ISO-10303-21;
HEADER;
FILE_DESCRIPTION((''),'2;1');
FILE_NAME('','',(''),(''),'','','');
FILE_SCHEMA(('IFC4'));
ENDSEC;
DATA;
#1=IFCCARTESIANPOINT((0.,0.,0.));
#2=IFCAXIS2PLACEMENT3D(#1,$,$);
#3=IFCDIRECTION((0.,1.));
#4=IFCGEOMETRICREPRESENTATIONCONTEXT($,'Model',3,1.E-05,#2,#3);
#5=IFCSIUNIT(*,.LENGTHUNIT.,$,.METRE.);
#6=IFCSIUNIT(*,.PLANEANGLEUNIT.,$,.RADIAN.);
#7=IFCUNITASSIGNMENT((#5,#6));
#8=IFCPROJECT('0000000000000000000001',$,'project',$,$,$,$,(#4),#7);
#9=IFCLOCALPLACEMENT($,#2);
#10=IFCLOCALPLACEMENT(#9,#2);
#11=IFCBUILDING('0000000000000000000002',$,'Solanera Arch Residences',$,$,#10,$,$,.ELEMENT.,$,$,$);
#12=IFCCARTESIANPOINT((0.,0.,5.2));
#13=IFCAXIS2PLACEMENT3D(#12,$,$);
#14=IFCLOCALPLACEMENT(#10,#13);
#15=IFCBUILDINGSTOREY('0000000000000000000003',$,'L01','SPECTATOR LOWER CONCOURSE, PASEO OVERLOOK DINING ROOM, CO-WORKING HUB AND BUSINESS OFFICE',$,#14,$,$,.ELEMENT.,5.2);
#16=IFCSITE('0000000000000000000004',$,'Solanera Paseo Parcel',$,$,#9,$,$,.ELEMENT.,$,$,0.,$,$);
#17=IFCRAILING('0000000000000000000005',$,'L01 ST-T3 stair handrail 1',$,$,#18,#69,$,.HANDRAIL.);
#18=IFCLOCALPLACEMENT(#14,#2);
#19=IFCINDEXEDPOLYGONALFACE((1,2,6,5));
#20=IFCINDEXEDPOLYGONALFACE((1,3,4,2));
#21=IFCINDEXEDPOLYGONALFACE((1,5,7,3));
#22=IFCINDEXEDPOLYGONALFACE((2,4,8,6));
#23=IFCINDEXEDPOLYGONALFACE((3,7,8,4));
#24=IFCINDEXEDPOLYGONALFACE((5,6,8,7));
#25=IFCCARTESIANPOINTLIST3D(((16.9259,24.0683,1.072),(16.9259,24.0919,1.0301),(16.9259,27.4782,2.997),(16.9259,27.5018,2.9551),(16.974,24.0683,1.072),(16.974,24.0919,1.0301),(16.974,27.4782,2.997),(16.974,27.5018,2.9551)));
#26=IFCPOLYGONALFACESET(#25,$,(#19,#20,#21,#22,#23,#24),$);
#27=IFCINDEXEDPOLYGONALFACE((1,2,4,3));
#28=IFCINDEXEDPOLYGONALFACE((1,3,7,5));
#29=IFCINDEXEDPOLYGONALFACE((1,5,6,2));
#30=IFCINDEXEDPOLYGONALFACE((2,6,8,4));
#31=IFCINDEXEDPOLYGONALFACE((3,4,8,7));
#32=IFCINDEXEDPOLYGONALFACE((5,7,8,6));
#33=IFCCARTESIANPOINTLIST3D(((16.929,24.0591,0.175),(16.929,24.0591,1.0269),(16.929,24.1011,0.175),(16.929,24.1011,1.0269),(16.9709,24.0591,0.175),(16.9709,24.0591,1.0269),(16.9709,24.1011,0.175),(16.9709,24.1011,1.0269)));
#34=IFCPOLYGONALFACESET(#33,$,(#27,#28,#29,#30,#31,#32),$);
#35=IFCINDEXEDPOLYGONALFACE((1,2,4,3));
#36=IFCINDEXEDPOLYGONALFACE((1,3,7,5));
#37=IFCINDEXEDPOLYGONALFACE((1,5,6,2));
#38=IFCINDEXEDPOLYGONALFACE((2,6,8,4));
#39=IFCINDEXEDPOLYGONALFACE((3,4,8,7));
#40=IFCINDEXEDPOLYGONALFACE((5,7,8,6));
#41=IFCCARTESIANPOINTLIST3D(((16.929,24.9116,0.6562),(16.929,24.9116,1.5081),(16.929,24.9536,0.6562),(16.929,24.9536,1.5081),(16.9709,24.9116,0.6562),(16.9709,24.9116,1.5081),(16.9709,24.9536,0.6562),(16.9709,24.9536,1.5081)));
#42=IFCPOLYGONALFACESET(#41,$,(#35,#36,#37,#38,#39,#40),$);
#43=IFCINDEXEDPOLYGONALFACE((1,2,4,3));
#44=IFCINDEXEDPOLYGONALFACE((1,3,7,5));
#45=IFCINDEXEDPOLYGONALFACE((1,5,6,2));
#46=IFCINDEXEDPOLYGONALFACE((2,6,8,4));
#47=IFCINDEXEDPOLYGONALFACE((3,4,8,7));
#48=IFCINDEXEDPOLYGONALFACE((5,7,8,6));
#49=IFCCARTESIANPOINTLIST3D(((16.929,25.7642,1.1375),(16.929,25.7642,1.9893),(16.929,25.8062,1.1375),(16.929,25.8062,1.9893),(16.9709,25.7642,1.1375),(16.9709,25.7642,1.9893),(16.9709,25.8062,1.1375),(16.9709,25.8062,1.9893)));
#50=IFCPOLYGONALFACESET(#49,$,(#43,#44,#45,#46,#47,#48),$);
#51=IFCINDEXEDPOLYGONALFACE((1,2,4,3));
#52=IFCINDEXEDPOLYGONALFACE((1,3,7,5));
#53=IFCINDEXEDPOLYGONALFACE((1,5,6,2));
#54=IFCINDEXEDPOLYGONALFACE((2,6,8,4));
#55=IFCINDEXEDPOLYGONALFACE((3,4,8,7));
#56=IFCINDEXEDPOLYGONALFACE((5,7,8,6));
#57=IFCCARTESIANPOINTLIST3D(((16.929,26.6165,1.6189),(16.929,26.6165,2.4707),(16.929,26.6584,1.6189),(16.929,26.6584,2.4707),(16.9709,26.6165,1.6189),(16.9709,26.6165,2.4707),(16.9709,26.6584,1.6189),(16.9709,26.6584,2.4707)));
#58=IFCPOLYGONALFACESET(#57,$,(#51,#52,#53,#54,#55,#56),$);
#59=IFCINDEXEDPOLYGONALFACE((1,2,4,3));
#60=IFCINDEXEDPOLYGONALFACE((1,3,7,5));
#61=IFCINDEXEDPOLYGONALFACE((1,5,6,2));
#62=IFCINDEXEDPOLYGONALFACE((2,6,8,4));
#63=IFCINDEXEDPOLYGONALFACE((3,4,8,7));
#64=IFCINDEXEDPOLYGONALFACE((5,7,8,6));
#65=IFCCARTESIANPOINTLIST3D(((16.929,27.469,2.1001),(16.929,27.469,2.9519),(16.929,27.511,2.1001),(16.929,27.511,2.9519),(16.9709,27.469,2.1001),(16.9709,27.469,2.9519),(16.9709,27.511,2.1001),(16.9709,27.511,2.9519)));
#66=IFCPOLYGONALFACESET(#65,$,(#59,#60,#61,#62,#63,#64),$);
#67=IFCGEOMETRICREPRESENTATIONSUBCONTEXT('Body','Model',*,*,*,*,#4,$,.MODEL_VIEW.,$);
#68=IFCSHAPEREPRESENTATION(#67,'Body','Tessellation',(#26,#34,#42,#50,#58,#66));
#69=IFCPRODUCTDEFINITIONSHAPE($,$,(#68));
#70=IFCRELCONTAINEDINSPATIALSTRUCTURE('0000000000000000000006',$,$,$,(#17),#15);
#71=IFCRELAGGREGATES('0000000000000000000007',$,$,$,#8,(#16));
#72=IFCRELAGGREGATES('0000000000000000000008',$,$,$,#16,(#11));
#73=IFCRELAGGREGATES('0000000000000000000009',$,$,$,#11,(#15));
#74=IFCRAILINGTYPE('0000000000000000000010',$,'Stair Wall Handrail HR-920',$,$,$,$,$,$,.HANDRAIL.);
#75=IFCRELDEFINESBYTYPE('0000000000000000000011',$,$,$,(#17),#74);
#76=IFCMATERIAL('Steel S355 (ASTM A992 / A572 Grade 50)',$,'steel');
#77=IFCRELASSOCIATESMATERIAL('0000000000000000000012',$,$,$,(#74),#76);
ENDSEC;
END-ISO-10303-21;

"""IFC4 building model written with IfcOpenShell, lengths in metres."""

from ifc_helpers import new_model, si_unit, direction, frame, origin, origin_2d, place, context, subcontext, project, spatial, rectangle, extrude, material, type_object, element, save


model = new_model("IFC4")

# Units and contexts
model_context = context("Model", 3, precision=1e-05, world=origin(), true_north=direction((0.0, 1.0)))
body_context = subcontext(model_context, "Body", "Model", "MODEL_VIEW")
ifc_project = project(units=[si_unit("LENGTHUNIT", "METRE"), si_unit("PLANEANGLEUNIT", "RADIAN")], contexts=[model_context])

# Site, building, storey
site_placement = place(None, origin())
site = spatial("IfcSite", under=ifc_project, at=site_placement, Name="Solanera Paseo Parcel", CompositionType="ELEMENT", RefElevation=0.0)
building_placement = place(site_placement, origin())
building = spatial("IfcBuilding", under=site, at=building_placement, Name="Solanera Arch Residences", CompositionType="ELEMENT")
storey_placement = place(building_placement, frame((0.0, 0.0, 5.2)))
storey = spatial("IfcBuildingStorey", under=building, at=storey_placement, Name="L01", Description="SPECTATOR LOWER CONCOURSE, PASEO OVERLOOK DINING ROOM, CO-WORKING HUB AND BUSINESS OFFICE", CompositionType="ELEMENT", Elevation=5.2)

# Railing
ifc_material_1 = material(Name="Steel S355 (ASTM A992 / A572 Grade 50)", Category="steel")
railing_type_1 = type_object("IfcRailingType", Name="Stair Wall Handrail HR-920", PredefinedType="HANDRAIL", material=ifc_material_1)
for number, where, name in (
    (1, (16.95, 24.0801, 0.175), "L01 ST-T3 stair handrail 1"),
):
    element("IfcRailing", number, at=place(storey_placement, frame(where)), inside=storey, type_object=railing_type_1, Name=name, PredefinedType="HANDRAIL", context=body_context, shape_type="SweptSolid", body=[
        extrude(rectangle(XDim=0.0481, YDim=0.0481, at=origin_2d()), frame((0.0, 0.0, 0.876), z_axis=(0.0, 0.870814, 0.491613), x_axis=(-1.0, 0.0, 0.0)), (0.0, 0.0, 1.0), 3.9158),
        extrude(rectangle(XDim=0.042, YDim=0.042, at=origin_2d()), origin(), (0.0, 0.0, 1.0), 0.8518),
        extrude(rectangle(XDim=0.042, YDim=0.042, at=origin_2d()), frame((0.0, 0.8525, 0.4812)), (0.0, 0.0, 1.0), 0.8518),
        extrude(rectangle(XDim=0.042, YDim=0.042, at=origin_2d()), frame((0.0, 1.7051, 0.9624)), (0.0, 0.0, 1.0), 0.8518),
        extrude(rectangle(XDim=0.042, YDim=0.042, at=origin_2d()), frame((0.0, 2.5574, 1.4438)), (0.0, 0.0, 1.0), 0.8518),
        extrude(rectangle(XDim=0.042, YDim=0.042, at=origin_2d()), frame((0.0, 3.4099, 1.925)), (0.0, 0.0, 1.0), 0.8518),
    ])

save(model, "model.ifc")
